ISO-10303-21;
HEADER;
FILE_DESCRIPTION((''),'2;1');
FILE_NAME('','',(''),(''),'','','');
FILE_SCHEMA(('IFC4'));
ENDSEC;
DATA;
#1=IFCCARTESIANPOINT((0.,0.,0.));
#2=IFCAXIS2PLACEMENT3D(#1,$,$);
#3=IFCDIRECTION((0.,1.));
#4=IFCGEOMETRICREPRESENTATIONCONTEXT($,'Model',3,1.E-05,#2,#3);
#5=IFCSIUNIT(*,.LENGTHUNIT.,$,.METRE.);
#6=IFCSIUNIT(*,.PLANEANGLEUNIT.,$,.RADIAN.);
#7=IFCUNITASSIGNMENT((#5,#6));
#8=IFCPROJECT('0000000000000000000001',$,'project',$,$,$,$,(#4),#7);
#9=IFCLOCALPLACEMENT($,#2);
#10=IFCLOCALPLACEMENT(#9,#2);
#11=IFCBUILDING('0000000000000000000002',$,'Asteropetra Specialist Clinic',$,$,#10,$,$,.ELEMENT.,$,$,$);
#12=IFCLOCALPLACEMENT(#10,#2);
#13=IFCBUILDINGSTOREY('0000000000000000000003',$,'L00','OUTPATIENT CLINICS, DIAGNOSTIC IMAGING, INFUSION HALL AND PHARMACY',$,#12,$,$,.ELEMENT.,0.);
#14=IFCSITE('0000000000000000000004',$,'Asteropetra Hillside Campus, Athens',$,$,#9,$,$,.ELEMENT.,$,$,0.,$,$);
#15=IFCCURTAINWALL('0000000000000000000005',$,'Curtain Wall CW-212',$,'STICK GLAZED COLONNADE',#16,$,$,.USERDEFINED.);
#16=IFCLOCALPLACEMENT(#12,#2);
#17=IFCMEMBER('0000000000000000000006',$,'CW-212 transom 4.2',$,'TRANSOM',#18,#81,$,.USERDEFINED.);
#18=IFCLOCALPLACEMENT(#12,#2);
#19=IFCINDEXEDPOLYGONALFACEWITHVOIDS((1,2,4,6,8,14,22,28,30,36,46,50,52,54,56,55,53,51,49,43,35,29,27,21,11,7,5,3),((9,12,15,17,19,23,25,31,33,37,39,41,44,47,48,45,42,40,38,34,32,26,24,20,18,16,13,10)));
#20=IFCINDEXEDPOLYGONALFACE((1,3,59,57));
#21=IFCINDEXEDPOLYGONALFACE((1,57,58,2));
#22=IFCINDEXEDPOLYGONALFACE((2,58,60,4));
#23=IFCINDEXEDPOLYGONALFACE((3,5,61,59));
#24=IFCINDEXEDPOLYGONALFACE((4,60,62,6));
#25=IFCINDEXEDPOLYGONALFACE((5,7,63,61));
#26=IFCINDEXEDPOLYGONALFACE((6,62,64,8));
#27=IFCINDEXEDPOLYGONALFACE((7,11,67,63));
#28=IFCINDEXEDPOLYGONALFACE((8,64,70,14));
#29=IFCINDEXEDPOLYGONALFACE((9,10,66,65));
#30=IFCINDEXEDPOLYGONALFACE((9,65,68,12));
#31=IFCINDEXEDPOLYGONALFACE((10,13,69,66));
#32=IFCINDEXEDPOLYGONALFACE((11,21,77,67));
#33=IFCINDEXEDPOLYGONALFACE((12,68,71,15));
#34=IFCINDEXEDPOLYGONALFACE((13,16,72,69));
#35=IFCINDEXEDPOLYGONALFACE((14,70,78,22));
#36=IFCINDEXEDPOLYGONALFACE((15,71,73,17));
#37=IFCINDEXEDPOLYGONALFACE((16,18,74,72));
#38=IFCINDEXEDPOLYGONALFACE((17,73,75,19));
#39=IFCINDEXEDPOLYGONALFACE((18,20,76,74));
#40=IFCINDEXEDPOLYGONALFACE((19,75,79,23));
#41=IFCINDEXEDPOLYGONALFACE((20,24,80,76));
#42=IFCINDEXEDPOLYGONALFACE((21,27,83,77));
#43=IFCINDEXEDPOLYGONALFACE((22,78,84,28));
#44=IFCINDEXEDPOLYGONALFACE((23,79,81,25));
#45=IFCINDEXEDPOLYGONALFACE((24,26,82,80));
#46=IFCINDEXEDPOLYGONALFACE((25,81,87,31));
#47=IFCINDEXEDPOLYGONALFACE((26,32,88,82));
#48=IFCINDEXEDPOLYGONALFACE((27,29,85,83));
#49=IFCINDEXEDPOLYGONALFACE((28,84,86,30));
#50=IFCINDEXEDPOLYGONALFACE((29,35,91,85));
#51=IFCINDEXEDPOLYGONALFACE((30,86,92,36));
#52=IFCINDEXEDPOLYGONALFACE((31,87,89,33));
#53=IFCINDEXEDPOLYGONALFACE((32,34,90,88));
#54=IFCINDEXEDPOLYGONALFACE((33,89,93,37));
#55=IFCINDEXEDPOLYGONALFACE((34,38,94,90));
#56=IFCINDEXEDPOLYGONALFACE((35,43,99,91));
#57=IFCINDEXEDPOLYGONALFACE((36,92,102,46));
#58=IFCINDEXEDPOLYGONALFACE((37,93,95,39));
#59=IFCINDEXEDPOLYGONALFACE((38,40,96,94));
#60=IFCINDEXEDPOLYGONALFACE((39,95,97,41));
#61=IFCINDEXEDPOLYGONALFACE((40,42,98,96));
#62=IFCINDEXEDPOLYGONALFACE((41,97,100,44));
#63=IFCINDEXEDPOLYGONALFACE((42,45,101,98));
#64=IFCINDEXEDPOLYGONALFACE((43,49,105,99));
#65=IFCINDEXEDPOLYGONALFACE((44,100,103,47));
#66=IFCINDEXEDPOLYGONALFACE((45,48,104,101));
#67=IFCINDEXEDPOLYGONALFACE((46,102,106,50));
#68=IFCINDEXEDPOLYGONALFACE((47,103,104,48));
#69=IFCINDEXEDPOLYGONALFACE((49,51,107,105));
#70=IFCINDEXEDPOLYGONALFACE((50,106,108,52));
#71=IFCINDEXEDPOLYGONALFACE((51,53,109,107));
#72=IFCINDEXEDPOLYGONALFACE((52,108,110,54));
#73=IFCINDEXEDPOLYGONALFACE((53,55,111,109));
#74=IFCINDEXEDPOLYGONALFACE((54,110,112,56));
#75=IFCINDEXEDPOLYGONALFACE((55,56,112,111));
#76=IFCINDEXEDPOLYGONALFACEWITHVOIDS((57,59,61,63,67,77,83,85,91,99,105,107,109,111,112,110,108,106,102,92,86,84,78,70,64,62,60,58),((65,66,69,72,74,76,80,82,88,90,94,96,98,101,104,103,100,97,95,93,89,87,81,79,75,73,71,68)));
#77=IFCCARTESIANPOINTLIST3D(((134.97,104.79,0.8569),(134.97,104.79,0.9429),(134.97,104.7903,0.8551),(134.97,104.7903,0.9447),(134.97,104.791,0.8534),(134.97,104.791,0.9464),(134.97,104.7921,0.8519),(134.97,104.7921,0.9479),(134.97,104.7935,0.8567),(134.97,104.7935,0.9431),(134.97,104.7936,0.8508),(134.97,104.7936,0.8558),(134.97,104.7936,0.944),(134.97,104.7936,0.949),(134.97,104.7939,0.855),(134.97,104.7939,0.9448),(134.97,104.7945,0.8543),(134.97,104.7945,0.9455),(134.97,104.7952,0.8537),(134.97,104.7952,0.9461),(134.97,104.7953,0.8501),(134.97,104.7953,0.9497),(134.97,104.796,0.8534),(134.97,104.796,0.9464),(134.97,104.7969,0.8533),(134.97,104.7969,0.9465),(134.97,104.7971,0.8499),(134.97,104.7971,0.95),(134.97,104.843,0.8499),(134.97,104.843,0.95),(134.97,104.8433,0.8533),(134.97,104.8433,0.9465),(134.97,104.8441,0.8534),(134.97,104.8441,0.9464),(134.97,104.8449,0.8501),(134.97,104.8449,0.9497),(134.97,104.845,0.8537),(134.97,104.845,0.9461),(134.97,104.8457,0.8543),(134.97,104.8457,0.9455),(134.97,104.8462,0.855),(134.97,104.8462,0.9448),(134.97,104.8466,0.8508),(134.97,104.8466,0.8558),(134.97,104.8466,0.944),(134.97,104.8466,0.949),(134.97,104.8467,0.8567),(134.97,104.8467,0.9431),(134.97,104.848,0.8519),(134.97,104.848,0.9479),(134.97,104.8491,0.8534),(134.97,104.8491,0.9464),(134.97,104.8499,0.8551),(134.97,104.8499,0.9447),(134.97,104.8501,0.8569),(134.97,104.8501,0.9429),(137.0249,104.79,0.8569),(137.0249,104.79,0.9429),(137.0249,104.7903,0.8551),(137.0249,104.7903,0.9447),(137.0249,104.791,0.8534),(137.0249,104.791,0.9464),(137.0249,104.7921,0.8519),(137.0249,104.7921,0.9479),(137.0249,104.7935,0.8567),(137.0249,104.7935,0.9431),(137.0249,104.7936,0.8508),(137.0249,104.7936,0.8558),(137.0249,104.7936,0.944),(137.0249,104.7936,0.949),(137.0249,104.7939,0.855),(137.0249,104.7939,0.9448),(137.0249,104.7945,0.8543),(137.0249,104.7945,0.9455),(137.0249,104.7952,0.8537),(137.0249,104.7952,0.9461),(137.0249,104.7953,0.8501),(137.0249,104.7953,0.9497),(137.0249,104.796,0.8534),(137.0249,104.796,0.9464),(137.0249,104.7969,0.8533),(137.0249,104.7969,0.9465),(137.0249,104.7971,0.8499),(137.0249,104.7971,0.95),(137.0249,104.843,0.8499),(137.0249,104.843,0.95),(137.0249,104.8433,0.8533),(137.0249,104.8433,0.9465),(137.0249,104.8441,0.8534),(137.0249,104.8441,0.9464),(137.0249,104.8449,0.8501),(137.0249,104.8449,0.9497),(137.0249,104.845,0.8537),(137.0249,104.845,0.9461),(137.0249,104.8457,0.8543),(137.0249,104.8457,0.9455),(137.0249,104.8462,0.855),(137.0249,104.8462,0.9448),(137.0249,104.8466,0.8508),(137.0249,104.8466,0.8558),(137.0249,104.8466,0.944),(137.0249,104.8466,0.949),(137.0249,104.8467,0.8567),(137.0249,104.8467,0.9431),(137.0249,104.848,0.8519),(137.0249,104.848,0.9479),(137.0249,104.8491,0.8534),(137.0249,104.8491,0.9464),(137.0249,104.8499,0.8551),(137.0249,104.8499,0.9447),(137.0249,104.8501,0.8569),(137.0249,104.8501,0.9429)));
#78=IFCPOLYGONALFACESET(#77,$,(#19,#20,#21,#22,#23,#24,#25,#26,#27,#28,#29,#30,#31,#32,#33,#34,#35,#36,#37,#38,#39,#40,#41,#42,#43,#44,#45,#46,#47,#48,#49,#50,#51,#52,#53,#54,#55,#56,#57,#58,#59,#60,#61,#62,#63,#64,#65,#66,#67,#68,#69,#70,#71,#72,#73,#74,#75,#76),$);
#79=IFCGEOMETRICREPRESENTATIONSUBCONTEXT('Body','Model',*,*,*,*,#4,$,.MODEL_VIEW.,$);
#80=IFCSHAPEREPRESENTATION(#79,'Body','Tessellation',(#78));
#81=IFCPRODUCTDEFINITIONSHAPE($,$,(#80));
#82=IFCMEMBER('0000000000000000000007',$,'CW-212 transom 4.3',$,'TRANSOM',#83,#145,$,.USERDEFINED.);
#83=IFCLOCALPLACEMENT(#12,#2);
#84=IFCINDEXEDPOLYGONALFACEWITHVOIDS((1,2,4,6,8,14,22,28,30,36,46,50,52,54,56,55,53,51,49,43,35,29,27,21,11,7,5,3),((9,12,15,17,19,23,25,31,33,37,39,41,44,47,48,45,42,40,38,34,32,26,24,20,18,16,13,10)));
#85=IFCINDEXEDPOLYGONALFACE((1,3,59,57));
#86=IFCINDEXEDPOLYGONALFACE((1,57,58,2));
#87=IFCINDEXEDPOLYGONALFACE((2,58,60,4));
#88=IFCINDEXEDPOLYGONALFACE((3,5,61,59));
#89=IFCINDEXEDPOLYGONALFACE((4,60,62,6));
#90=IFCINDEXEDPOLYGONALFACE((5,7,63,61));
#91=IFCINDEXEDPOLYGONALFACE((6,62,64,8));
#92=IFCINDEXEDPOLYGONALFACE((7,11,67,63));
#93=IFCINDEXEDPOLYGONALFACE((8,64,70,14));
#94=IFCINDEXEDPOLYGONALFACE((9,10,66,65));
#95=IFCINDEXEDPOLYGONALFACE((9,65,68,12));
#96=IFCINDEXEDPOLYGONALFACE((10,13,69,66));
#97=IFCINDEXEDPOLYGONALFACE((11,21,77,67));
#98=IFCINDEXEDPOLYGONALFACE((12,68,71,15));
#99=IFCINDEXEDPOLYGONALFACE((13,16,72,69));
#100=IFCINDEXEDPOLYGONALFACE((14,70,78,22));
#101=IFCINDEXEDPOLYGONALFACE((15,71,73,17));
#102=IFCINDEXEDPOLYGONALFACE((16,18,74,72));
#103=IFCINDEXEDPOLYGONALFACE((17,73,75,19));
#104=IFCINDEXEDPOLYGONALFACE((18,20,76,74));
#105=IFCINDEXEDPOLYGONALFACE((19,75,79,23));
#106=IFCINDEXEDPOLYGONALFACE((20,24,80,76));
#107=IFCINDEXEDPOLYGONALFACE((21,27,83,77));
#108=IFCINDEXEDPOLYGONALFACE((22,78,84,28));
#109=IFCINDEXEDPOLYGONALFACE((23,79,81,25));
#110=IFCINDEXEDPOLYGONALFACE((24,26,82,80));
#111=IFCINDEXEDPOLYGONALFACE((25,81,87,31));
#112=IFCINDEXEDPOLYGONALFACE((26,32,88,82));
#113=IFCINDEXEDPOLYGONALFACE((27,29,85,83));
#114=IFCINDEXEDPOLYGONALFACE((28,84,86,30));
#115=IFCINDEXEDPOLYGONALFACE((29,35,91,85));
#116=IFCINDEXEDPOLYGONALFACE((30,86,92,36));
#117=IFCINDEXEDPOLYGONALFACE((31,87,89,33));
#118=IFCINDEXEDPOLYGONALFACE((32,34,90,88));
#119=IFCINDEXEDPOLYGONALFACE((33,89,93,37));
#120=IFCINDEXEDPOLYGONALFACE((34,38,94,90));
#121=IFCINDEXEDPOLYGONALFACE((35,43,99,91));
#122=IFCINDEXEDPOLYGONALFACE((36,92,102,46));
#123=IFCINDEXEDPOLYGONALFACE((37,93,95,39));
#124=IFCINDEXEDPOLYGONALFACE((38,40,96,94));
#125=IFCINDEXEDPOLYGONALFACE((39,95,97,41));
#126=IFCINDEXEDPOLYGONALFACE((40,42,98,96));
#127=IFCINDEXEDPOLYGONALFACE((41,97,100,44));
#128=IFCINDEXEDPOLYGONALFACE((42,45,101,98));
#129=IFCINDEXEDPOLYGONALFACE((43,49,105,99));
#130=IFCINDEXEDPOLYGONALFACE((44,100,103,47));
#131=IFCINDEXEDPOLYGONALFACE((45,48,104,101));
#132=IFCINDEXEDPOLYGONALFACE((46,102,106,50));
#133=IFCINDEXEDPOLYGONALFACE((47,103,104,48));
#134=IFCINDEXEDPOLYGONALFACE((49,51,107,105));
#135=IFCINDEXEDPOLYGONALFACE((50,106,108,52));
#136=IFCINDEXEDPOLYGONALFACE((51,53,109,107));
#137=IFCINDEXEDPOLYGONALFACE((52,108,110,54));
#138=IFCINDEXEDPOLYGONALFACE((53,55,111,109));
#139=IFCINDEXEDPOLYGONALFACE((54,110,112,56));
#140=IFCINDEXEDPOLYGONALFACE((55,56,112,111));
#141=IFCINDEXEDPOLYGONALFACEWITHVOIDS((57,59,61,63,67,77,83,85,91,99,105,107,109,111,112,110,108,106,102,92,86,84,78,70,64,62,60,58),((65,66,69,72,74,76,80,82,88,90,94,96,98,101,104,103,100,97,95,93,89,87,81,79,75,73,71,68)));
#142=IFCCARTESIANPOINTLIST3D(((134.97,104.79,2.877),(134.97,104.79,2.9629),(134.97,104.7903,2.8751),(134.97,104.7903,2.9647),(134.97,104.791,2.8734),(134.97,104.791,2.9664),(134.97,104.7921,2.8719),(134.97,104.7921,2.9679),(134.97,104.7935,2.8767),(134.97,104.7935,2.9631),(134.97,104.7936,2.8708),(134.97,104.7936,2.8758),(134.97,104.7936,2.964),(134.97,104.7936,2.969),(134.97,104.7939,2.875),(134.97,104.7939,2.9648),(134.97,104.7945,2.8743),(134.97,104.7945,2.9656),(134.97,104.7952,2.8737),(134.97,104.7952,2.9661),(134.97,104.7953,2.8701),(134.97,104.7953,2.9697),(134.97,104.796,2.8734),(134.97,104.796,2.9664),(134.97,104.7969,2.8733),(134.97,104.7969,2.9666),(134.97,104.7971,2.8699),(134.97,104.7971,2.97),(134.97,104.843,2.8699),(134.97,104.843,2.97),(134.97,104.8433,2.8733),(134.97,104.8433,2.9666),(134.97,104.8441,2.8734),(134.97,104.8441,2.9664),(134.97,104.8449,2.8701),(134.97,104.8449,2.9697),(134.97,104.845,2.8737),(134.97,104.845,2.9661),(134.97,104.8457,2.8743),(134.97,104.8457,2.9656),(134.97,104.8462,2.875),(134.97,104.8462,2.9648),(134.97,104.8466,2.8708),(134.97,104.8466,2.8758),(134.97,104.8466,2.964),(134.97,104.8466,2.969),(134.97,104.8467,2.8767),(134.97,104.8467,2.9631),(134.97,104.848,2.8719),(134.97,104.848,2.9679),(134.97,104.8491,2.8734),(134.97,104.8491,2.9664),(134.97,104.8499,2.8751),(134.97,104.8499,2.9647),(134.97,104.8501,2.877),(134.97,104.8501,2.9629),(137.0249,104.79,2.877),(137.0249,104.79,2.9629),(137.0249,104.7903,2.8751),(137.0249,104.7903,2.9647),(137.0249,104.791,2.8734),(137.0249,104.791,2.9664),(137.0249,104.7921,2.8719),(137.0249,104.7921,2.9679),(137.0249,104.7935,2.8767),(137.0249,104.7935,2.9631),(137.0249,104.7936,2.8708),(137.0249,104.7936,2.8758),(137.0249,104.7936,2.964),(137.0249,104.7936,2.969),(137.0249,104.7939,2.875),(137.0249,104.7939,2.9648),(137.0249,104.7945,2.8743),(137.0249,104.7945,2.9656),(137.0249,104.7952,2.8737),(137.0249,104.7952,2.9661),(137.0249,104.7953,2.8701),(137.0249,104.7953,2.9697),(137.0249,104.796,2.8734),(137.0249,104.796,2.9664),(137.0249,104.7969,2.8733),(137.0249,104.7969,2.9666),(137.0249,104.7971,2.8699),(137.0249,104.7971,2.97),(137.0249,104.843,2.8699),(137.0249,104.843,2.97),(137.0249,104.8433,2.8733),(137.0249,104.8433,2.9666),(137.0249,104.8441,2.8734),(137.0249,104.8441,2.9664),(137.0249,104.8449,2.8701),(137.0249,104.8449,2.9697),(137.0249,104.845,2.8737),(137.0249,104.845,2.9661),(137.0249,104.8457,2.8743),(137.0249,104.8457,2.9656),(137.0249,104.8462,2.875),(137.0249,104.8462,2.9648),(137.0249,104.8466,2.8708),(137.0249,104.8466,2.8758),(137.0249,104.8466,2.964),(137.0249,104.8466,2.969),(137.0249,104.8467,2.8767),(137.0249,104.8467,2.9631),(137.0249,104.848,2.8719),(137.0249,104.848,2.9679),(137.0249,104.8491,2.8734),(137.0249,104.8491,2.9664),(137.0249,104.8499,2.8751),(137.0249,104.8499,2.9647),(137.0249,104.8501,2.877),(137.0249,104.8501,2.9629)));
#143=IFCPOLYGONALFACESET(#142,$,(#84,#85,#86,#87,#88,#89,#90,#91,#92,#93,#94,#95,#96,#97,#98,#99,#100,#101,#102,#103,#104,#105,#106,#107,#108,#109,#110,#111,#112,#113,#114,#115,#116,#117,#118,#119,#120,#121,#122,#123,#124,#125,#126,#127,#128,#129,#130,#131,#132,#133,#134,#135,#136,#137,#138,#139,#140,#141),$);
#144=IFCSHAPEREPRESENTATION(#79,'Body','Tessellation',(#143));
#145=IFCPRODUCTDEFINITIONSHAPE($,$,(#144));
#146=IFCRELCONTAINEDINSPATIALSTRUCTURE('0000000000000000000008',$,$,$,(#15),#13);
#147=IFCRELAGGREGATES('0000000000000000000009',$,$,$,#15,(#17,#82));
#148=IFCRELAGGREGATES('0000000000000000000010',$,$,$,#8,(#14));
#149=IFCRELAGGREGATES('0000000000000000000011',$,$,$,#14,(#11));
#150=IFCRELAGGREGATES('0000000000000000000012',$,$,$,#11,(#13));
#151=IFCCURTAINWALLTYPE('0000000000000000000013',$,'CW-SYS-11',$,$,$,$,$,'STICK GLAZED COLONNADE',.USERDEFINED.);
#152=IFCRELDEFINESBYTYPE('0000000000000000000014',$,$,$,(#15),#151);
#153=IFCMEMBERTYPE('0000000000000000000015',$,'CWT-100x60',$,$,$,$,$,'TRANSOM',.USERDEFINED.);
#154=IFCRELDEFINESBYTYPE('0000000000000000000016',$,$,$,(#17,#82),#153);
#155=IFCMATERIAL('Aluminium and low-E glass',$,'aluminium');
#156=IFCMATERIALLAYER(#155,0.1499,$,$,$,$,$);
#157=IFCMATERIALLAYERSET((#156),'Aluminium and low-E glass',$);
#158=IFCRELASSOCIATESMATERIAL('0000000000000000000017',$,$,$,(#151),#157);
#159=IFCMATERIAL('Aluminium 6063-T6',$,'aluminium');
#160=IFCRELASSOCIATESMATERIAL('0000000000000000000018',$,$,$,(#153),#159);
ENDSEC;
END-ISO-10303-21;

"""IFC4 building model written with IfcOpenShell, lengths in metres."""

from ifc_helpers import new_model, si_unit, direction, frame, origin, origin_2d, place, context, subcontext, project, spatial, hollow_rectangle, extrude, material, layer, layer_set, material_profile, profile_set, type_object, element, aggregate, save


model = new_model("IFC4")

# Units and contexts
model_context = context("Model", 3, precision=1e-05, world=origin(), true_north=direction((0.0, 1.0)))
body_context = subcontext(model_context, "Body", "Model", "MODEL_VIEW")
ifc_project = project(units=[si_unit("LENGTHUNIT", "METRE"), si_unit("PLANEANGLEUNIT", "RADIAN")], contexts=[model_context])

# Site, building, storey
site_placement = place(None, origin())
site = spatial("IfcSite", under=ifc_project, at=site_placement, Name="Asteropetra Hillside Campus, Athens", CompositionType="ELEMENT", RefElevation=0.0)
building_placement = place(site_placement, origin())
building = spatial("IfcBuilding", under=site, at=building_placement, Name="Asteropetra Specialist Clinic", CompositionType="ELEMENT")
storey_placement = place(building_placement, origin())
storey = spatial("IfcBuildingStorey", under=building, at=storey_placement, Name="L00", Description="OUTPATIENT CLINICS, DIAGNOSTIC IMAGING, INFUSION HALL AND PHARMACY", CompositionType="ELEMENT", Elevation=0.0)

# Curtain wall, members
ifc_material_1 = material(Name="Aluminium and low-E glass", Category="aluminium")
ifc_layer_1 = layer(ifc_material_1, 0.1499)
ifc_layer_set_1 = layer_set([ifc_layer_1], Name="Aluminium and low-E glass")
curtain_wall_type = type_object("IfcCurtainWallType", Name="CW-SYS-11", ElementType="STICK GLAZED COLONNADE", PredefinedType="USERDEFINED", material=ifc_layer_set_1)
curtain_wall_placement = place(storey_placement, origin())
curtain_wall = element("IfcCurtainWall", 1, at=curtain_wall_placement, inside=storey, type_object=curtain_wall_type, Name="Curtain Wall CW-212", ObjectType="STICK GLAZED COLONNADE", PredefinedType="USERDEFINED")
ifc_material_2 = material(Name="Aluminium 6063-T6", Category="aluminium")
ifc_material_profile_1 = material_profile(ifc_material_2, hollow_rectangle(XDim=0.0601, YDim=0.1001, WallThickness=0.0034, InnerFilletRadius=0.0034, OuterFilletRadius=0.0071, at=origin_2d()), Name="TRN 100x60x3.5")
ifc_profile_set_1 = profile_set([ifc_material_profile_1], Name="Aluminium 6063-T6")
member_type_1 = type_object("IfcMemberType", Name="CWT-100x60", ElementType="TRANSOM", PredefinedType="USERDEFINED", material=ifc_profile_set_1)
member_1_placement = place(storey_placement, frame((137.0249, 104.8201, 0.8999), z_axis=(-1.0, 0.0, 0.0), x_axis=(0.0, -1.0, 0.0)))
member_1 = element("IfcMember", 2, at=member_1_placement, type_object=member_type_1, Name="CW-212 transom 4.2", ObjectType="TRANSOM", PredefinedType="USERDEFINED", context=body_context, shape_type="SweptSolid", body=[
    extrude(hollow_rectangle(XDim=0.0601, YDim=0.1001, WallThickness=0.0034, InnerFilletRadius=0.0034, OuterFilletRadius=0.0071, at=origin_2d()), origin(), (0.0, 0.0, 1.0), 2.0549),
])
member_2_placement = place(storey_placement, frame((137.0249, 104.8201, 2.9199), z_axis=(-1.0, 0.0, 0.0), x_axis=(0.0, -1.0, 0.0)))
member_2 = element("IfcMember", 3, at=member_2_placement, type_object=member_type_1, Name="CW-212 transom 4.3", ObjectType="TRANSOM", PredefinedType="USERDEFINED", context=body_context, shape_type="SweptSolid", body=[
    extrude(hollow_rectangle(XDim=0.0601, YDim=0.1001, WallThickness=0.0034, InnerFilletRadius=0.0034, OuterFilletRadius=0.0071, at=origin_2d()), origin(), (0.0, 0.0, 1.0), 2.0549),
])
aggregate(curtain_wall, [member_1, member_2])

save(model, "model.ifc")
